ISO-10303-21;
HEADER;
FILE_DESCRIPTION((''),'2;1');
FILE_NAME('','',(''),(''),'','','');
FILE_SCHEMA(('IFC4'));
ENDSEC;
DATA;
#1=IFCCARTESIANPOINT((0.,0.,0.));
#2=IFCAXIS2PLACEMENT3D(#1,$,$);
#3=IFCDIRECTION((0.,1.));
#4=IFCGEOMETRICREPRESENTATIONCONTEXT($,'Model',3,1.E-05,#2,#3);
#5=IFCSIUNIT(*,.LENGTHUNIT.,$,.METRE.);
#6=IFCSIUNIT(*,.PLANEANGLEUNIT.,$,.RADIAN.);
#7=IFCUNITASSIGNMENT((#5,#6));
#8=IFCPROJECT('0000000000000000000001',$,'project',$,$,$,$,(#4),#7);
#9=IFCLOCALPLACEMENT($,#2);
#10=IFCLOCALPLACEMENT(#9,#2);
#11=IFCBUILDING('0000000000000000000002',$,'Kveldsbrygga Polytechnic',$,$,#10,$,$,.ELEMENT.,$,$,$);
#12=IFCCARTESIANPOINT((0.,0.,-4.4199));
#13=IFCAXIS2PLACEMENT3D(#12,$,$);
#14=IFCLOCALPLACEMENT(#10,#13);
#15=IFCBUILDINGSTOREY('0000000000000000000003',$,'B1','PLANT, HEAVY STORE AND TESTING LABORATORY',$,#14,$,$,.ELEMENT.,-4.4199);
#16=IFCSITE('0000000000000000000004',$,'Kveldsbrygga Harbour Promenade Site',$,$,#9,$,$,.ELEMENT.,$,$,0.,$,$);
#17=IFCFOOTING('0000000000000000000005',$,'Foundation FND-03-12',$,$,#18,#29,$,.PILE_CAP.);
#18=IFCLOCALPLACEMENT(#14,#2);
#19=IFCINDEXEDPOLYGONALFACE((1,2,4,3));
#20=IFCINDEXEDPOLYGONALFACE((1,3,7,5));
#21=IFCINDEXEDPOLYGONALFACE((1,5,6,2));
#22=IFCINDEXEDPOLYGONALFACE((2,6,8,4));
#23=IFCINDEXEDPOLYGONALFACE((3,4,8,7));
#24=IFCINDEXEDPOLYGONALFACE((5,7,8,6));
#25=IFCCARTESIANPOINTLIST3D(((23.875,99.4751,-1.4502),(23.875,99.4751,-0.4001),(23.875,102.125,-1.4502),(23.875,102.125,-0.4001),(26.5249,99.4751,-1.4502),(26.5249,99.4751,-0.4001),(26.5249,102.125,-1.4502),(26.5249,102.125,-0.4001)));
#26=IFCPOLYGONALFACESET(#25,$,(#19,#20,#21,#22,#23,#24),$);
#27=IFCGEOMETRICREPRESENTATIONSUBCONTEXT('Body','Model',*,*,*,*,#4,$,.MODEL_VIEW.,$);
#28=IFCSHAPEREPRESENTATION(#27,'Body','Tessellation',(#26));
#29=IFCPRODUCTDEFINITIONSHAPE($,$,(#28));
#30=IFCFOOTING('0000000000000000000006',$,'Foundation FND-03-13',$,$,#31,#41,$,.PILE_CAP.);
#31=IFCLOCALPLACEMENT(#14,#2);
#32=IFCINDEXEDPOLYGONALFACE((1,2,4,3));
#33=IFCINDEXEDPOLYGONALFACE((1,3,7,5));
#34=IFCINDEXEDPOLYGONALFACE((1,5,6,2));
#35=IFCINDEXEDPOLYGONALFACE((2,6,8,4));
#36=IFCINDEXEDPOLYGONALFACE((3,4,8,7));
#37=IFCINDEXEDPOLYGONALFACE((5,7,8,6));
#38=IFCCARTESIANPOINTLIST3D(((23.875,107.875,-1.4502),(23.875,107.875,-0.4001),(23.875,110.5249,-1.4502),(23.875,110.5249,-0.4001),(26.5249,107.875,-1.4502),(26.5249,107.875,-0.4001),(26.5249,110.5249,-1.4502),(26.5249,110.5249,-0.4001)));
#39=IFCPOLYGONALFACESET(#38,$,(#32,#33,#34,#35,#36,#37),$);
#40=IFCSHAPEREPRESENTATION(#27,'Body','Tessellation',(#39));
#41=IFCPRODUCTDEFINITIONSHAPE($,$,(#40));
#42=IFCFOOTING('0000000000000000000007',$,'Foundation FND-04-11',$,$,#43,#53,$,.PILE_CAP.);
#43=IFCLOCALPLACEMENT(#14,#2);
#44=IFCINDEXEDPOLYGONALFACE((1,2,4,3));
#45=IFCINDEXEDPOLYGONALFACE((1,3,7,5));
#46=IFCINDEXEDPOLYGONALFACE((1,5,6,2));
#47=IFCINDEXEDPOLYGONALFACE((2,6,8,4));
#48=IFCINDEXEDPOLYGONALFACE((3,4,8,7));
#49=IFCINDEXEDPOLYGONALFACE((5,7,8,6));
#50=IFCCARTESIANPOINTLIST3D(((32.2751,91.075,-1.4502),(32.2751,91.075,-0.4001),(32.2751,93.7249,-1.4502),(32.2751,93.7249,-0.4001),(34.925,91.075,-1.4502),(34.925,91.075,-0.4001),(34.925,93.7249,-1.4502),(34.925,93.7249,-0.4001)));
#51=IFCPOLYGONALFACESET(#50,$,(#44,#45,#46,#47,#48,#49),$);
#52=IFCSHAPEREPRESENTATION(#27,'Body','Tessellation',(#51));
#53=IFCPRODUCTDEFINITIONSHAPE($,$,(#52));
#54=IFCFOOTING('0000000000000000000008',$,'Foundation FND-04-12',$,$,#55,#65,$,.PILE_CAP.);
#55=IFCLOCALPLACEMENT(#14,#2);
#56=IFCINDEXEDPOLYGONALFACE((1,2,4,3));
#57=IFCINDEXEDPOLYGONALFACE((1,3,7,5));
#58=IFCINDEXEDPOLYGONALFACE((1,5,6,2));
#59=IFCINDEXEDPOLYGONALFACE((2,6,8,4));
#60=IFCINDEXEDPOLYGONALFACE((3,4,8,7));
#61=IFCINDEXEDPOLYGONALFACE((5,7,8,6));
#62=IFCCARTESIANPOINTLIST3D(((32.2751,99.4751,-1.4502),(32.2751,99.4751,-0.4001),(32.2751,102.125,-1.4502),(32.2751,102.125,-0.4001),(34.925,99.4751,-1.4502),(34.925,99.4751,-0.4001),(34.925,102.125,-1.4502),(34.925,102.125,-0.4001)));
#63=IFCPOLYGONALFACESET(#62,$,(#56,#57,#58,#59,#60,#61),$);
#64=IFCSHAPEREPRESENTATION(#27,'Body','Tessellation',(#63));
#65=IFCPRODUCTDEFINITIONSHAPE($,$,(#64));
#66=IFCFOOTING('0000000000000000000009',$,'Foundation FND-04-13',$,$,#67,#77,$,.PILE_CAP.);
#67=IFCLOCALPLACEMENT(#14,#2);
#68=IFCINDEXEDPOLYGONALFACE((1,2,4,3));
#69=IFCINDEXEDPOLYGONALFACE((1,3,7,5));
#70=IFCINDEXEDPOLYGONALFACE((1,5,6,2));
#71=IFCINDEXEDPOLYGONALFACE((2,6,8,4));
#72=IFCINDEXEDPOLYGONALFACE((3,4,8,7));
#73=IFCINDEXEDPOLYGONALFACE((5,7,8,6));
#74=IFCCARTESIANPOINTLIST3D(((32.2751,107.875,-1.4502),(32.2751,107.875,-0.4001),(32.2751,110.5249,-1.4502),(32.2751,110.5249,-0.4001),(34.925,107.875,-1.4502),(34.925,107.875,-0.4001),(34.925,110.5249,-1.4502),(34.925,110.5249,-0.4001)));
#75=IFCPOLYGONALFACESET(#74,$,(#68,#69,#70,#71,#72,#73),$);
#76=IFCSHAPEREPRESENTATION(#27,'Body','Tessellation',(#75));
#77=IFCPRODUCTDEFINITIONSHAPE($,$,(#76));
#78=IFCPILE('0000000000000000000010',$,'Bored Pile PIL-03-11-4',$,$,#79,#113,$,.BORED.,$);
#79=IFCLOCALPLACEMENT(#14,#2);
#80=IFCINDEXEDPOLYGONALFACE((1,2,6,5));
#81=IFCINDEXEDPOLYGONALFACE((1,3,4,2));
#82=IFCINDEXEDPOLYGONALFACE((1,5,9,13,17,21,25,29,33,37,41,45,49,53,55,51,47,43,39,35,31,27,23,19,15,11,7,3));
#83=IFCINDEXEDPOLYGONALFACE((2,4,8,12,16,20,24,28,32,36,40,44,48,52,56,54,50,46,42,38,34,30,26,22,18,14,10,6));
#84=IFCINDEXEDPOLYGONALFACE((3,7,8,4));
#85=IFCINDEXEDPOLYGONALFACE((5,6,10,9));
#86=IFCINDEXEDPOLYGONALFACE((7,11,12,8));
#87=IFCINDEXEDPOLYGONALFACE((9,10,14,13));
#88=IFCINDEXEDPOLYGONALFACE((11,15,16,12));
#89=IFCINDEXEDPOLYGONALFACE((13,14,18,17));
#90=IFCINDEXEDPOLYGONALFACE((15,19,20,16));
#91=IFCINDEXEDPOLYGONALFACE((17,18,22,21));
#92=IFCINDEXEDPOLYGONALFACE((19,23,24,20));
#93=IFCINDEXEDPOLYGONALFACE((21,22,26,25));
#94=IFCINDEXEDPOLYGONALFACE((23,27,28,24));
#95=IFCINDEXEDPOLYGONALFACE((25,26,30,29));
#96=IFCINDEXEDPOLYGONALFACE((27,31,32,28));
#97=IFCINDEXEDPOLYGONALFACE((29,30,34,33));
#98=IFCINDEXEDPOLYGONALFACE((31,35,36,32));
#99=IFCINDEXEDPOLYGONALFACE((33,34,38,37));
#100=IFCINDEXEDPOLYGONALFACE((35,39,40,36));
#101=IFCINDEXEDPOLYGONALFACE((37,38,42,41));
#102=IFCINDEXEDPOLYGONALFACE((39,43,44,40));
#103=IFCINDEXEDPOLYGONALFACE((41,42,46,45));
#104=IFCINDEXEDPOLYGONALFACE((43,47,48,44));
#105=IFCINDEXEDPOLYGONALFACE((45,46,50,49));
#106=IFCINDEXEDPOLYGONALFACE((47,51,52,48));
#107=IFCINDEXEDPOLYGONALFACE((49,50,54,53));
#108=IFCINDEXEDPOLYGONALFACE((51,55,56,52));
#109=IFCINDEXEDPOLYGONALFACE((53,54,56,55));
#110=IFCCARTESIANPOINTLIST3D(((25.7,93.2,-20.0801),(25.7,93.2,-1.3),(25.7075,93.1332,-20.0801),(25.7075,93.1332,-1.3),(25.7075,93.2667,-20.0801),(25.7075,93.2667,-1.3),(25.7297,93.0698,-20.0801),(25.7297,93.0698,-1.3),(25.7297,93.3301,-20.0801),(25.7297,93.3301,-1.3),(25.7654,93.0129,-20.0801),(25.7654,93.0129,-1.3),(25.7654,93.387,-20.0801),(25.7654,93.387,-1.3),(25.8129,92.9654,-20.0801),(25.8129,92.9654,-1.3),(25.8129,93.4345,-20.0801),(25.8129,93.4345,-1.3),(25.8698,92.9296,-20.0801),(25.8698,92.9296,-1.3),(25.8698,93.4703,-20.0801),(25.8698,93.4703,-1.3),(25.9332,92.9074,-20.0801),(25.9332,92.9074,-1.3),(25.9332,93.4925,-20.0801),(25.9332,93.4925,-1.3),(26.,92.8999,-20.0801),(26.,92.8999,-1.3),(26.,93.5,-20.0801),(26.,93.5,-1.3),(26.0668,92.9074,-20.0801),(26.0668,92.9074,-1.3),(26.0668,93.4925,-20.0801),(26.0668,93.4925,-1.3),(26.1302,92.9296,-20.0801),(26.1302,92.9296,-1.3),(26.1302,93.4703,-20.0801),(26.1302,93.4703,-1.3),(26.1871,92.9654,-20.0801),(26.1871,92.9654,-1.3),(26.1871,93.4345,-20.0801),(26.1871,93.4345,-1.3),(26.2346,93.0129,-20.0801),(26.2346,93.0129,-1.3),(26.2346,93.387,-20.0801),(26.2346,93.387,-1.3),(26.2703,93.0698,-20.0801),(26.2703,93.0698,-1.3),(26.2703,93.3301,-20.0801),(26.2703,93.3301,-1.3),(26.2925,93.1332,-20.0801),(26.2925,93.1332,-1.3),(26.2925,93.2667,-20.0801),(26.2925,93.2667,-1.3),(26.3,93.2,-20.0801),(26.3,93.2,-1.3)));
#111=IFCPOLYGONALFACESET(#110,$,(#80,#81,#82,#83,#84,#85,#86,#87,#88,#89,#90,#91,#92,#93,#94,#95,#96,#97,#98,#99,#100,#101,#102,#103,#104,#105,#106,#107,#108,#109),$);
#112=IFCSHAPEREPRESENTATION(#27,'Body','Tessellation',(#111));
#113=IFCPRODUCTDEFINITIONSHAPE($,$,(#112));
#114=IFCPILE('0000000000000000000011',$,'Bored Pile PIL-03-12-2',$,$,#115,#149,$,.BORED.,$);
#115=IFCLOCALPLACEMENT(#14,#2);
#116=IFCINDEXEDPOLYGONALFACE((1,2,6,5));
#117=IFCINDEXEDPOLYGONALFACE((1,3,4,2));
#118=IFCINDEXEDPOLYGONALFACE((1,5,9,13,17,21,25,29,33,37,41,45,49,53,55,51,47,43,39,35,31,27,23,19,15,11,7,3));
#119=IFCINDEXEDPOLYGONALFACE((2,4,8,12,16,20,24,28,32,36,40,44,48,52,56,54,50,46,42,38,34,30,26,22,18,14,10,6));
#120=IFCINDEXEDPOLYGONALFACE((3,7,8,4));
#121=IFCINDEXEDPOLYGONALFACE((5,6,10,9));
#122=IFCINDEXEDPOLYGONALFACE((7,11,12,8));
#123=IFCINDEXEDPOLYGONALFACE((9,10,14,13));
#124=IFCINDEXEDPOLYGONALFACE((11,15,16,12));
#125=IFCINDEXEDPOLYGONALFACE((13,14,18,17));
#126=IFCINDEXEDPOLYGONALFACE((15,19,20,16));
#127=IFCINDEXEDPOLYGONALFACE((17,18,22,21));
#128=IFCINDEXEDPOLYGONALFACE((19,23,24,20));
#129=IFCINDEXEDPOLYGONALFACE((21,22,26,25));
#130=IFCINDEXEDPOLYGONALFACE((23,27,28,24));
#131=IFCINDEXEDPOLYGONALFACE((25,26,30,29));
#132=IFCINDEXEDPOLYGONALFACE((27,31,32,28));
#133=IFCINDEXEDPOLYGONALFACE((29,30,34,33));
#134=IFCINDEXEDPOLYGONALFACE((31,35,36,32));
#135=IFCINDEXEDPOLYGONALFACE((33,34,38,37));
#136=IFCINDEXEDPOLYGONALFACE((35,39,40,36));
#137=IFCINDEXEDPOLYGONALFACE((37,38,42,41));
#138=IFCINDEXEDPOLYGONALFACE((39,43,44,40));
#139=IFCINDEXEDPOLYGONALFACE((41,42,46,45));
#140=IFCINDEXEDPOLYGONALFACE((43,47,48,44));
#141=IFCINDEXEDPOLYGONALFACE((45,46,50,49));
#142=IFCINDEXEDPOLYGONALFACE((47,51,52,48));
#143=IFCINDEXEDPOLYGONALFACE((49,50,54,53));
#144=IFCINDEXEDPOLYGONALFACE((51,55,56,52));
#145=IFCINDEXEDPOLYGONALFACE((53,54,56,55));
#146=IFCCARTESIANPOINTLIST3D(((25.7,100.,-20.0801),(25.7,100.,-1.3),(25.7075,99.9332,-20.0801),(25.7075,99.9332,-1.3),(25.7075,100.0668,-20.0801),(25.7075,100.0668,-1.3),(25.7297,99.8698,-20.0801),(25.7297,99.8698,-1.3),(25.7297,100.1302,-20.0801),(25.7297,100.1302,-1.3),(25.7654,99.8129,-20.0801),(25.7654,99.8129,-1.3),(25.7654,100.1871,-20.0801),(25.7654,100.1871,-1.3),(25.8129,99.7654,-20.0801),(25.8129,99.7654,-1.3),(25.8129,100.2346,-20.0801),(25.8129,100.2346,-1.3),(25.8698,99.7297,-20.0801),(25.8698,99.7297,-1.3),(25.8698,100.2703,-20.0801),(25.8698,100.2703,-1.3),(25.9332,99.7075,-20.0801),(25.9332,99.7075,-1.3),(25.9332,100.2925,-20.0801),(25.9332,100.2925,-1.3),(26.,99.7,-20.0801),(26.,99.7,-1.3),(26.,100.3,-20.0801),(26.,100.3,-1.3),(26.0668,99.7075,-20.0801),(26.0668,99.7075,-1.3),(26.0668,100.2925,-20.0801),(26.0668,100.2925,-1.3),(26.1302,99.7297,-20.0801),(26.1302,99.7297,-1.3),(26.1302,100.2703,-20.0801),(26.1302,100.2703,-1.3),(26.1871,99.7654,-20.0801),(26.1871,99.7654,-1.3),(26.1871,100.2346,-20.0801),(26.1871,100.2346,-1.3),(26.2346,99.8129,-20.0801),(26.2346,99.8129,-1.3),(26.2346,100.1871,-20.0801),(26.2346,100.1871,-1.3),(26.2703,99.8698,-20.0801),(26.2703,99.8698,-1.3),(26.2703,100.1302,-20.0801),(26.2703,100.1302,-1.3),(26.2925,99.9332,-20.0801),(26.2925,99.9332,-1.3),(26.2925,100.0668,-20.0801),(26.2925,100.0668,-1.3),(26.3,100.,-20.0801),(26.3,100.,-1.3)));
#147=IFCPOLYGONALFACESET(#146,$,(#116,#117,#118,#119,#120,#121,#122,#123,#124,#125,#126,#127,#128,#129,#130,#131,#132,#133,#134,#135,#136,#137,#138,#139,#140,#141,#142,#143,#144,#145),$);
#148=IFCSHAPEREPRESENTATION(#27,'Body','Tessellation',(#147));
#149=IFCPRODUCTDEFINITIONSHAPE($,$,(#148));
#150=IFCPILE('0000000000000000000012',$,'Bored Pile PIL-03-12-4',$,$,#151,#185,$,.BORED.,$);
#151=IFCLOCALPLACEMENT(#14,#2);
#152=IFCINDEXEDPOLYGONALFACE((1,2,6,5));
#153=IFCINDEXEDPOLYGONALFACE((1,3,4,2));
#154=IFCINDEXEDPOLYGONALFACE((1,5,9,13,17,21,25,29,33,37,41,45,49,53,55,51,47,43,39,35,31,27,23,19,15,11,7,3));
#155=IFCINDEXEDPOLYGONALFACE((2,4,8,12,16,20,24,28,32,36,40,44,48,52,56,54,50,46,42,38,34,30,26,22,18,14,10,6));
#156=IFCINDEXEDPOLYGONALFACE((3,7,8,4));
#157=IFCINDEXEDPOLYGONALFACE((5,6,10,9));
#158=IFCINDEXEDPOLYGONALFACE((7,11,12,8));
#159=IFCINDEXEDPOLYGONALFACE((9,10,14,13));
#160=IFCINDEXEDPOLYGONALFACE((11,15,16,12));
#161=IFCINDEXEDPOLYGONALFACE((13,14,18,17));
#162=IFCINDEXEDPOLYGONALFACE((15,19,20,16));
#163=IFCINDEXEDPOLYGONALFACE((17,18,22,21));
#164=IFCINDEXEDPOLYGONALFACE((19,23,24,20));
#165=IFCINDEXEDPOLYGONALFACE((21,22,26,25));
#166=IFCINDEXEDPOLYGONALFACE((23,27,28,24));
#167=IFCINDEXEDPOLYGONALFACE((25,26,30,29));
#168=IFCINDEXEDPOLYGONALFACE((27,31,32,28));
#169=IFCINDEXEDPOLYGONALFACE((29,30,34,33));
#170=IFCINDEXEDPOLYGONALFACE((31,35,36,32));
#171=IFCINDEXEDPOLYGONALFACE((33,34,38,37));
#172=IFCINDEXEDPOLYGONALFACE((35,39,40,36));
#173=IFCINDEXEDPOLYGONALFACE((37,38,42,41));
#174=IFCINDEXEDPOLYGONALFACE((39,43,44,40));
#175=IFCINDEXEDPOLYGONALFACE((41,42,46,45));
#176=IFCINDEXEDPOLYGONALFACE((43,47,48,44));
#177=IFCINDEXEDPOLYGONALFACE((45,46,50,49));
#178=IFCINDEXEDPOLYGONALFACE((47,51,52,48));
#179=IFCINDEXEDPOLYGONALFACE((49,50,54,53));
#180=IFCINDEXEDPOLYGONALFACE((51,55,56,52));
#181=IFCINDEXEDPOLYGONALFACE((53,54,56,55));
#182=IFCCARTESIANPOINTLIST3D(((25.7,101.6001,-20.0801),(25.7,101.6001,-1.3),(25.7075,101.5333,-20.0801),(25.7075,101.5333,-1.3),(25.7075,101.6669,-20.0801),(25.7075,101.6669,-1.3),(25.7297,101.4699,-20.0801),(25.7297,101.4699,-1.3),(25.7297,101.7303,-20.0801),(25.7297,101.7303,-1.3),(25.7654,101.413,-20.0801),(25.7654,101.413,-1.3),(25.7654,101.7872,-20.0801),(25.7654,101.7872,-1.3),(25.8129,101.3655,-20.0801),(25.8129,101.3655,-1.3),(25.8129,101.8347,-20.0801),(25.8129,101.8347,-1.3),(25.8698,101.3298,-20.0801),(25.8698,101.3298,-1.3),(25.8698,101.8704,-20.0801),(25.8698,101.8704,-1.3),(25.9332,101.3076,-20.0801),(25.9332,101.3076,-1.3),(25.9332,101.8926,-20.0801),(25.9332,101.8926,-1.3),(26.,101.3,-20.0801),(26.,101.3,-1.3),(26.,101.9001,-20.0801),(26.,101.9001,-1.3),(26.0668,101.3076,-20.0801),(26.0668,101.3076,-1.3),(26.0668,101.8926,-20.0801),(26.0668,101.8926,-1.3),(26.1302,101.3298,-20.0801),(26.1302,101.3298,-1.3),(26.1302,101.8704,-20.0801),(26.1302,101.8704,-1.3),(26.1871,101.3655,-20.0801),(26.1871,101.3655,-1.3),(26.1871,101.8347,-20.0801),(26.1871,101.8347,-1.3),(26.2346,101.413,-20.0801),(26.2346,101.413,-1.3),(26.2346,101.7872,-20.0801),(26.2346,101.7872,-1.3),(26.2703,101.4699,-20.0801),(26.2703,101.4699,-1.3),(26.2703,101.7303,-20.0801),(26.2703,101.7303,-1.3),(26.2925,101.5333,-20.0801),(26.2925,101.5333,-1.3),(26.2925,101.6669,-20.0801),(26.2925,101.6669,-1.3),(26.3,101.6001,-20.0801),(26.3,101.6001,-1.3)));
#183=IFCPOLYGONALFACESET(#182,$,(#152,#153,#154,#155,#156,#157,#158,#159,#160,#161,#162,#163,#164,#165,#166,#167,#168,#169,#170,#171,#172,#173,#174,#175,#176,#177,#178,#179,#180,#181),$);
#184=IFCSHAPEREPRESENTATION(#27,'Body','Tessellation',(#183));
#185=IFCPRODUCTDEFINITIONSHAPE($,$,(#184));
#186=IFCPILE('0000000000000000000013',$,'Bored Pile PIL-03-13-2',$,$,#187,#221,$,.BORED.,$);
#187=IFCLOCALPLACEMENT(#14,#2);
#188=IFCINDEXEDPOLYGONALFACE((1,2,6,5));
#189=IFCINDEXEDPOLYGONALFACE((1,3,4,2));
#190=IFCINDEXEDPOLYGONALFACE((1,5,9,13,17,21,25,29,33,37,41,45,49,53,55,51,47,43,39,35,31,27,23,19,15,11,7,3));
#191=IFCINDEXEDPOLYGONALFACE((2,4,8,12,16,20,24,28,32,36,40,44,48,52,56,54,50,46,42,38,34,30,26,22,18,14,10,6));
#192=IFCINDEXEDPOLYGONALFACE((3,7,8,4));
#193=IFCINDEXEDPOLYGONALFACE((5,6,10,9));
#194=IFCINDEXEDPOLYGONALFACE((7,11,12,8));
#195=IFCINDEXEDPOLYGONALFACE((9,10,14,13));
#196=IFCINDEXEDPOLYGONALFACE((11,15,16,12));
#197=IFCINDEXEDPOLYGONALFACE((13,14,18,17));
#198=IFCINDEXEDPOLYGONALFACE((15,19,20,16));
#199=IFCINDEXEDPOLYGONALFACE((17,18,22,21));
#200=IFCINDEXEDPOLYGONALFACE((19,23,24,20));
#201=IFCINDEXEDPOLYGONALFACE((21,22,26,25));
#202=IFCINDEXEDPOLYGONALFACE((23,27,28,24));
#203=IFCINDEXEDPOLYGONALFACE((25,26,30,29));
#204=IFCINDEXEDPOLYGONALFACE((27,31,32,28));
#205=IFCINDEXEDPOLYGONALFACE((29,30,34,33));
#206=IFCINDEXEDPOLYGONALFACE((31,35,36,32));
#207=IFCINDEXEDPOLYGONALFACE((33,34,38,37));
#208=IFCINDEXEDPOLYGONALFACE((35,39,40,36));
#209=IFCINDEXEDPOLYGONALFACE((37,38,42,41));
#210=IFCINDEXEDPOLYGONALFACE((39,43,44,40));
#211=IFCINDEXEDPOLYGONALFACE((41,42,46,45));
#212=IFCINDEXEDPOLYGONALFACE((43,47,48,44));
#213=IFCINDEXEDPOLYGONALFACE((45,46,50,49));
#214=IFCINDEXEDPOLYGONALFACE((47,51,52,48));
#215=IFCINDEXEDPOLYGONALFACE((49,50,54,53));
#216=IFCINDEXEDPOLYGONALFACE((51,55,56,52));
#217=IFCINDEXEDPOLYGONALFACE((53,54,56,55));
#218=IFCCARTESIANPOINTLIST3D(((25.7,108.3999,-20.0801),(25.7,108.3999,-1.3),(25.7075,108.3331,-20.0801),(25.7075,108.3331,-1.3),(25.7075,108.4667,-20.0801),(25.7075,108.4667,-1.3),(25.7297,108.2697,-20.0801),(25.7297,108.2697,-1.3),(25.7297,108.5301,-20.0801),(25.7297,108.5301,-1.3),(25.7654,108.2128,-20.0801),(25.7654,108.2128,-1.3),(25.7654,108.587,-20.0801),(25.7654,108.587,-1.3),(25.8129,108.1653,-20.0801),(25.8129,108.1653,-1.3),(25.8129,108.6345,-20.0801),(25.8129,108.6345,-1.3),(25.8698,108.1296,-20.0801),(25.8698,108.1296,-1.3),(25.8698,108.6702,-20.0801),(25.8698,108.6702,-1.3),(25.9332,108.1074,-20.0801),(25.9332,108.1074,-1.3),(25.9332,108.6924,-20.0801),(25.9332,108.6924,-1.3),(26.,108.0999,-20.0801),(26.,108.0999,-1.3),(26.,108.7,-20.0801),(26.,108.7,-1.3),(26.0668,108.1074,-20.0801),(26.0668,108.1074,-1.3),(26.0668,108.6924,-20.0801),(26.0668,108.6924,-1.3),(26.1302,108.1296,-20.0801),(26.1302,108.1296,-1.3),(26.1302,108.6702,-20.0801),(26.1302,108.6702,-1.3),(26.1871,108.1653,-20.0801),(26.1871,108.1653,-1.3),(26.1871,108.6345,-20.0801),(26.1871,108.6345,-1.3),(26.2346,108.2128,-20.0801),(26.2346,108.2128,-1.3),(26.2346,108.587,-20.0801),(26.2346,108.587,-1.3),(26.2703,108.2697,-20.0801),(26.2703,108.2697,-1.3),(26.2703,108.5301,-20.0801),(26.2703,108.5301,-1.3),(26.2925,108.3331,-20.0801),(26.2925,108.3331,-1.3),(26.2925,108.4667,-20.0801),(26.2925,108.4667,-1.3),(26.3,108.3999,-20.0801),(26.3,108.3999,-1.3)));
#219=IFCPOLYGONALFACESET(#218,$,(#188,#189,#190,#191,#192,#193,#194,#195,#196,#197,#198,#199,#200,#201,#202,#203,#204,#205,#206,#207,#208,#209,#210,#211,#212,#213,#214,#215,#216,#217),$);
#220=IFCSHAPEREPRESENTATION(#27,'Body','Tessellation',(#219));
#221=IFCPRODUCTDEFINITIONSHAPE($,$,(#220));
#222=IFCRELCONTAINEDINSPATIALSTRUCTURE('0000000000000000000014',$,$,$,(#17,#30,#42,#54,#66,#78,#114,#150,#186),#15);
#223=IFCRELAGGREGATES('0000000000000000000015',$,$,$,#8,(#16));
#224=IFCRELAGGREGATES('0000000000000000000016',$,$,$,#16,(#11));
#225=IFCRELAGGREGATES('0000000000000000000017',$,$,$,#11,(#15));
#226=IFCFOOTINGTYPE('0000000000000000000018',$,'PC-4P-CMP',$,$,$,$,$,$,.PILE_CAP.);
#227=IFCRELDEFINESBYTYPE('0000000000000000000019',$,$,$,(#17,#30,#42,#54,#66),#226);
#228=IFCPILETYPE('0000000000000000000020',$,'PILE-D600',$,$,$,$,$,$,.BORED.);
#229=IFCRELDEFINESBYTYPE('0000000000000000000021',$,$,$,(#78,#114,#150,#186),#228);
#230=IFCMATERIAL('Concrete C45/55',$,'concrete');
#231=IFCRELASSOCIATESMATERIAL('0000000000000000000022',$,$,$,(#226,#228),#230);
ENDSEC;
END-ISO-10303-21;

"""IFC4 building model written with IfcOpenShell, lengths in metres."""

from ifc_helpers import new_model, si_unit, direction, frame, origin, origin_2d, place, context, subcontext, project, spatial, rectangle, circle, extrude, material, material_profile, profile_set, type_object, element, save


model = new_model("IFC4")

# Units and contexts
model_context = context("Model", 3, precision=1e-05, world=origin(), true_north=direction((0.0, 1.0)))
body_context = subcontext(model_context, "Body", "Model", "MODEL_VIEW")
ifc_project = project(units=[si_unit("LENGTHUNIT", "METRE"), si_unit("PLANEANGLEUNIT", "RADIAN")], contexts=[model_context])

# Site, building, storey
site_placement = place(None, origin())
site = spatial("IfcSite", under=ifc_project, at=site_placement, Name="Kveldsbrygga Harbour Promenade Site", CompositionType="ELEMENT", RefElevation=0.0)
building_placement = place(site_placement, origin())
building = spatial("IfcBuilding", under=site, at=building_placement, Name="Kveldsbrygga Polytechnic", CompositionType="ELEMENT")
storey_placement = place(building_placement, frame((0.0, 0.0, -4.4199)))
storey = spatial("IfcBuildingStorey", under=building, at=storey_placement, Name="B1", Description="PLANT, HEAVY STORE AND TESTING LABORATORY", CompositionType="ELEMENT", Elevation=-4.4199)

# Footings
ifc_material_1 = material(Name="Concrete C45/55", Category="concrete")
footing_type = type_object("IfcFootingType", Name="PC-4P-CMP", PredefinedType="PILE_CAP", material=ifc_material_1)
for number, where, z_axis, x_axis, name in (
    (1, (25.2, 100.8, -1.4502), (0.0, 0.0, 1.0), (1.0, 0.0, 0.0), "Foundation FND-03-12"),
    (2, (25.2, 109.2, -1.4502), (0.0, 0.0, 1.0), (1.0, 0.0, 0.0), "Foundation FND-03-13"),
    (3, (33.6001, 92.3999, -1.4502), (0.0, 0.0, 1.0), (1.0, 0.0, 0.0), "Foundation FND-04-11"),
    (4, (33.6001, 100.8, -1.4502), (0.0, 0.0, 1.0), (1.0, 0.0, 0.0), "Foundation FND-04-12"),
    (5, (33.6001, 109.2, -1.4502), (0.0, 0.0, 1.0), (1.0, 0.0, 0.0), "Foundation FND-04-13"),
):
    element("IfcFooting", number, at=place(storey_placement, frame(where, z_axis=z_axis, x_axis=x_axis)), inside=storey, type_object=footing_type, Name=name, PredefinedType="PILE_CAP", context=body_context, shape_type="SweptSolid", body=[
        extrude(rectangle(XDim=2.6499, YDim=2.6499, at=origin_2d()), origin(), (0.0, 0.0, 1.0), 1.05),
    ])

# Piles
ifc_material_profile_1 = material_profile(ifc_material_1, circle(Radius=0.3, at=origin_2d()), Name="PILE D600")
ifc_profile_set_1 = profile_set([ifc_material_profile_1], Name="Concrete C45/55")
pile_type = type_object("IfcPileType", Name="PILE-D600", PredefinedType="BORED", material=ifc_profile_set_1)
for number, where, z_axis, x_axis, name in (
    (6, (26.0, 93.2, -1.3), (0.0, 0.0, -1.0), (1.0, 0.0, 0.0), "Bored Pile PIL-03-11-4"),
    (7, (26.0, 100.0, -1.3), (0.0, 0.0, -1.0), (1.0, 0.0, 0.0), "Bored Pile PIL-03-12-2"),
    (8, (26.0, 101.6001, -1.3), (0.0, 0.0, -1.0), (1.0, 0.0, 0.0), "Bored Pile PIL-03-12-4"),
    (9, (26.0, 108.3999, -1.3), (0.0, 0.0, -1.0), (1.0, 0.0, 0.0), "Bored Pile PIL-03-13-2"),
):
    element("IfcPile", number, at=place(storey_placement, frame(where, z_axis=z_axis, x_axis=x_axis)), inside=storey, type_object=pile_type, Name=name, PredefinedType="BORED", context=body_context, shape_type="SweptSolid", body=[
        extrude(circle(Radius=0.3, at=origin_2d()), origin(), (0.0, 0.0, 1.0), 18.78),
    ])

save(model, "model.ifc")
